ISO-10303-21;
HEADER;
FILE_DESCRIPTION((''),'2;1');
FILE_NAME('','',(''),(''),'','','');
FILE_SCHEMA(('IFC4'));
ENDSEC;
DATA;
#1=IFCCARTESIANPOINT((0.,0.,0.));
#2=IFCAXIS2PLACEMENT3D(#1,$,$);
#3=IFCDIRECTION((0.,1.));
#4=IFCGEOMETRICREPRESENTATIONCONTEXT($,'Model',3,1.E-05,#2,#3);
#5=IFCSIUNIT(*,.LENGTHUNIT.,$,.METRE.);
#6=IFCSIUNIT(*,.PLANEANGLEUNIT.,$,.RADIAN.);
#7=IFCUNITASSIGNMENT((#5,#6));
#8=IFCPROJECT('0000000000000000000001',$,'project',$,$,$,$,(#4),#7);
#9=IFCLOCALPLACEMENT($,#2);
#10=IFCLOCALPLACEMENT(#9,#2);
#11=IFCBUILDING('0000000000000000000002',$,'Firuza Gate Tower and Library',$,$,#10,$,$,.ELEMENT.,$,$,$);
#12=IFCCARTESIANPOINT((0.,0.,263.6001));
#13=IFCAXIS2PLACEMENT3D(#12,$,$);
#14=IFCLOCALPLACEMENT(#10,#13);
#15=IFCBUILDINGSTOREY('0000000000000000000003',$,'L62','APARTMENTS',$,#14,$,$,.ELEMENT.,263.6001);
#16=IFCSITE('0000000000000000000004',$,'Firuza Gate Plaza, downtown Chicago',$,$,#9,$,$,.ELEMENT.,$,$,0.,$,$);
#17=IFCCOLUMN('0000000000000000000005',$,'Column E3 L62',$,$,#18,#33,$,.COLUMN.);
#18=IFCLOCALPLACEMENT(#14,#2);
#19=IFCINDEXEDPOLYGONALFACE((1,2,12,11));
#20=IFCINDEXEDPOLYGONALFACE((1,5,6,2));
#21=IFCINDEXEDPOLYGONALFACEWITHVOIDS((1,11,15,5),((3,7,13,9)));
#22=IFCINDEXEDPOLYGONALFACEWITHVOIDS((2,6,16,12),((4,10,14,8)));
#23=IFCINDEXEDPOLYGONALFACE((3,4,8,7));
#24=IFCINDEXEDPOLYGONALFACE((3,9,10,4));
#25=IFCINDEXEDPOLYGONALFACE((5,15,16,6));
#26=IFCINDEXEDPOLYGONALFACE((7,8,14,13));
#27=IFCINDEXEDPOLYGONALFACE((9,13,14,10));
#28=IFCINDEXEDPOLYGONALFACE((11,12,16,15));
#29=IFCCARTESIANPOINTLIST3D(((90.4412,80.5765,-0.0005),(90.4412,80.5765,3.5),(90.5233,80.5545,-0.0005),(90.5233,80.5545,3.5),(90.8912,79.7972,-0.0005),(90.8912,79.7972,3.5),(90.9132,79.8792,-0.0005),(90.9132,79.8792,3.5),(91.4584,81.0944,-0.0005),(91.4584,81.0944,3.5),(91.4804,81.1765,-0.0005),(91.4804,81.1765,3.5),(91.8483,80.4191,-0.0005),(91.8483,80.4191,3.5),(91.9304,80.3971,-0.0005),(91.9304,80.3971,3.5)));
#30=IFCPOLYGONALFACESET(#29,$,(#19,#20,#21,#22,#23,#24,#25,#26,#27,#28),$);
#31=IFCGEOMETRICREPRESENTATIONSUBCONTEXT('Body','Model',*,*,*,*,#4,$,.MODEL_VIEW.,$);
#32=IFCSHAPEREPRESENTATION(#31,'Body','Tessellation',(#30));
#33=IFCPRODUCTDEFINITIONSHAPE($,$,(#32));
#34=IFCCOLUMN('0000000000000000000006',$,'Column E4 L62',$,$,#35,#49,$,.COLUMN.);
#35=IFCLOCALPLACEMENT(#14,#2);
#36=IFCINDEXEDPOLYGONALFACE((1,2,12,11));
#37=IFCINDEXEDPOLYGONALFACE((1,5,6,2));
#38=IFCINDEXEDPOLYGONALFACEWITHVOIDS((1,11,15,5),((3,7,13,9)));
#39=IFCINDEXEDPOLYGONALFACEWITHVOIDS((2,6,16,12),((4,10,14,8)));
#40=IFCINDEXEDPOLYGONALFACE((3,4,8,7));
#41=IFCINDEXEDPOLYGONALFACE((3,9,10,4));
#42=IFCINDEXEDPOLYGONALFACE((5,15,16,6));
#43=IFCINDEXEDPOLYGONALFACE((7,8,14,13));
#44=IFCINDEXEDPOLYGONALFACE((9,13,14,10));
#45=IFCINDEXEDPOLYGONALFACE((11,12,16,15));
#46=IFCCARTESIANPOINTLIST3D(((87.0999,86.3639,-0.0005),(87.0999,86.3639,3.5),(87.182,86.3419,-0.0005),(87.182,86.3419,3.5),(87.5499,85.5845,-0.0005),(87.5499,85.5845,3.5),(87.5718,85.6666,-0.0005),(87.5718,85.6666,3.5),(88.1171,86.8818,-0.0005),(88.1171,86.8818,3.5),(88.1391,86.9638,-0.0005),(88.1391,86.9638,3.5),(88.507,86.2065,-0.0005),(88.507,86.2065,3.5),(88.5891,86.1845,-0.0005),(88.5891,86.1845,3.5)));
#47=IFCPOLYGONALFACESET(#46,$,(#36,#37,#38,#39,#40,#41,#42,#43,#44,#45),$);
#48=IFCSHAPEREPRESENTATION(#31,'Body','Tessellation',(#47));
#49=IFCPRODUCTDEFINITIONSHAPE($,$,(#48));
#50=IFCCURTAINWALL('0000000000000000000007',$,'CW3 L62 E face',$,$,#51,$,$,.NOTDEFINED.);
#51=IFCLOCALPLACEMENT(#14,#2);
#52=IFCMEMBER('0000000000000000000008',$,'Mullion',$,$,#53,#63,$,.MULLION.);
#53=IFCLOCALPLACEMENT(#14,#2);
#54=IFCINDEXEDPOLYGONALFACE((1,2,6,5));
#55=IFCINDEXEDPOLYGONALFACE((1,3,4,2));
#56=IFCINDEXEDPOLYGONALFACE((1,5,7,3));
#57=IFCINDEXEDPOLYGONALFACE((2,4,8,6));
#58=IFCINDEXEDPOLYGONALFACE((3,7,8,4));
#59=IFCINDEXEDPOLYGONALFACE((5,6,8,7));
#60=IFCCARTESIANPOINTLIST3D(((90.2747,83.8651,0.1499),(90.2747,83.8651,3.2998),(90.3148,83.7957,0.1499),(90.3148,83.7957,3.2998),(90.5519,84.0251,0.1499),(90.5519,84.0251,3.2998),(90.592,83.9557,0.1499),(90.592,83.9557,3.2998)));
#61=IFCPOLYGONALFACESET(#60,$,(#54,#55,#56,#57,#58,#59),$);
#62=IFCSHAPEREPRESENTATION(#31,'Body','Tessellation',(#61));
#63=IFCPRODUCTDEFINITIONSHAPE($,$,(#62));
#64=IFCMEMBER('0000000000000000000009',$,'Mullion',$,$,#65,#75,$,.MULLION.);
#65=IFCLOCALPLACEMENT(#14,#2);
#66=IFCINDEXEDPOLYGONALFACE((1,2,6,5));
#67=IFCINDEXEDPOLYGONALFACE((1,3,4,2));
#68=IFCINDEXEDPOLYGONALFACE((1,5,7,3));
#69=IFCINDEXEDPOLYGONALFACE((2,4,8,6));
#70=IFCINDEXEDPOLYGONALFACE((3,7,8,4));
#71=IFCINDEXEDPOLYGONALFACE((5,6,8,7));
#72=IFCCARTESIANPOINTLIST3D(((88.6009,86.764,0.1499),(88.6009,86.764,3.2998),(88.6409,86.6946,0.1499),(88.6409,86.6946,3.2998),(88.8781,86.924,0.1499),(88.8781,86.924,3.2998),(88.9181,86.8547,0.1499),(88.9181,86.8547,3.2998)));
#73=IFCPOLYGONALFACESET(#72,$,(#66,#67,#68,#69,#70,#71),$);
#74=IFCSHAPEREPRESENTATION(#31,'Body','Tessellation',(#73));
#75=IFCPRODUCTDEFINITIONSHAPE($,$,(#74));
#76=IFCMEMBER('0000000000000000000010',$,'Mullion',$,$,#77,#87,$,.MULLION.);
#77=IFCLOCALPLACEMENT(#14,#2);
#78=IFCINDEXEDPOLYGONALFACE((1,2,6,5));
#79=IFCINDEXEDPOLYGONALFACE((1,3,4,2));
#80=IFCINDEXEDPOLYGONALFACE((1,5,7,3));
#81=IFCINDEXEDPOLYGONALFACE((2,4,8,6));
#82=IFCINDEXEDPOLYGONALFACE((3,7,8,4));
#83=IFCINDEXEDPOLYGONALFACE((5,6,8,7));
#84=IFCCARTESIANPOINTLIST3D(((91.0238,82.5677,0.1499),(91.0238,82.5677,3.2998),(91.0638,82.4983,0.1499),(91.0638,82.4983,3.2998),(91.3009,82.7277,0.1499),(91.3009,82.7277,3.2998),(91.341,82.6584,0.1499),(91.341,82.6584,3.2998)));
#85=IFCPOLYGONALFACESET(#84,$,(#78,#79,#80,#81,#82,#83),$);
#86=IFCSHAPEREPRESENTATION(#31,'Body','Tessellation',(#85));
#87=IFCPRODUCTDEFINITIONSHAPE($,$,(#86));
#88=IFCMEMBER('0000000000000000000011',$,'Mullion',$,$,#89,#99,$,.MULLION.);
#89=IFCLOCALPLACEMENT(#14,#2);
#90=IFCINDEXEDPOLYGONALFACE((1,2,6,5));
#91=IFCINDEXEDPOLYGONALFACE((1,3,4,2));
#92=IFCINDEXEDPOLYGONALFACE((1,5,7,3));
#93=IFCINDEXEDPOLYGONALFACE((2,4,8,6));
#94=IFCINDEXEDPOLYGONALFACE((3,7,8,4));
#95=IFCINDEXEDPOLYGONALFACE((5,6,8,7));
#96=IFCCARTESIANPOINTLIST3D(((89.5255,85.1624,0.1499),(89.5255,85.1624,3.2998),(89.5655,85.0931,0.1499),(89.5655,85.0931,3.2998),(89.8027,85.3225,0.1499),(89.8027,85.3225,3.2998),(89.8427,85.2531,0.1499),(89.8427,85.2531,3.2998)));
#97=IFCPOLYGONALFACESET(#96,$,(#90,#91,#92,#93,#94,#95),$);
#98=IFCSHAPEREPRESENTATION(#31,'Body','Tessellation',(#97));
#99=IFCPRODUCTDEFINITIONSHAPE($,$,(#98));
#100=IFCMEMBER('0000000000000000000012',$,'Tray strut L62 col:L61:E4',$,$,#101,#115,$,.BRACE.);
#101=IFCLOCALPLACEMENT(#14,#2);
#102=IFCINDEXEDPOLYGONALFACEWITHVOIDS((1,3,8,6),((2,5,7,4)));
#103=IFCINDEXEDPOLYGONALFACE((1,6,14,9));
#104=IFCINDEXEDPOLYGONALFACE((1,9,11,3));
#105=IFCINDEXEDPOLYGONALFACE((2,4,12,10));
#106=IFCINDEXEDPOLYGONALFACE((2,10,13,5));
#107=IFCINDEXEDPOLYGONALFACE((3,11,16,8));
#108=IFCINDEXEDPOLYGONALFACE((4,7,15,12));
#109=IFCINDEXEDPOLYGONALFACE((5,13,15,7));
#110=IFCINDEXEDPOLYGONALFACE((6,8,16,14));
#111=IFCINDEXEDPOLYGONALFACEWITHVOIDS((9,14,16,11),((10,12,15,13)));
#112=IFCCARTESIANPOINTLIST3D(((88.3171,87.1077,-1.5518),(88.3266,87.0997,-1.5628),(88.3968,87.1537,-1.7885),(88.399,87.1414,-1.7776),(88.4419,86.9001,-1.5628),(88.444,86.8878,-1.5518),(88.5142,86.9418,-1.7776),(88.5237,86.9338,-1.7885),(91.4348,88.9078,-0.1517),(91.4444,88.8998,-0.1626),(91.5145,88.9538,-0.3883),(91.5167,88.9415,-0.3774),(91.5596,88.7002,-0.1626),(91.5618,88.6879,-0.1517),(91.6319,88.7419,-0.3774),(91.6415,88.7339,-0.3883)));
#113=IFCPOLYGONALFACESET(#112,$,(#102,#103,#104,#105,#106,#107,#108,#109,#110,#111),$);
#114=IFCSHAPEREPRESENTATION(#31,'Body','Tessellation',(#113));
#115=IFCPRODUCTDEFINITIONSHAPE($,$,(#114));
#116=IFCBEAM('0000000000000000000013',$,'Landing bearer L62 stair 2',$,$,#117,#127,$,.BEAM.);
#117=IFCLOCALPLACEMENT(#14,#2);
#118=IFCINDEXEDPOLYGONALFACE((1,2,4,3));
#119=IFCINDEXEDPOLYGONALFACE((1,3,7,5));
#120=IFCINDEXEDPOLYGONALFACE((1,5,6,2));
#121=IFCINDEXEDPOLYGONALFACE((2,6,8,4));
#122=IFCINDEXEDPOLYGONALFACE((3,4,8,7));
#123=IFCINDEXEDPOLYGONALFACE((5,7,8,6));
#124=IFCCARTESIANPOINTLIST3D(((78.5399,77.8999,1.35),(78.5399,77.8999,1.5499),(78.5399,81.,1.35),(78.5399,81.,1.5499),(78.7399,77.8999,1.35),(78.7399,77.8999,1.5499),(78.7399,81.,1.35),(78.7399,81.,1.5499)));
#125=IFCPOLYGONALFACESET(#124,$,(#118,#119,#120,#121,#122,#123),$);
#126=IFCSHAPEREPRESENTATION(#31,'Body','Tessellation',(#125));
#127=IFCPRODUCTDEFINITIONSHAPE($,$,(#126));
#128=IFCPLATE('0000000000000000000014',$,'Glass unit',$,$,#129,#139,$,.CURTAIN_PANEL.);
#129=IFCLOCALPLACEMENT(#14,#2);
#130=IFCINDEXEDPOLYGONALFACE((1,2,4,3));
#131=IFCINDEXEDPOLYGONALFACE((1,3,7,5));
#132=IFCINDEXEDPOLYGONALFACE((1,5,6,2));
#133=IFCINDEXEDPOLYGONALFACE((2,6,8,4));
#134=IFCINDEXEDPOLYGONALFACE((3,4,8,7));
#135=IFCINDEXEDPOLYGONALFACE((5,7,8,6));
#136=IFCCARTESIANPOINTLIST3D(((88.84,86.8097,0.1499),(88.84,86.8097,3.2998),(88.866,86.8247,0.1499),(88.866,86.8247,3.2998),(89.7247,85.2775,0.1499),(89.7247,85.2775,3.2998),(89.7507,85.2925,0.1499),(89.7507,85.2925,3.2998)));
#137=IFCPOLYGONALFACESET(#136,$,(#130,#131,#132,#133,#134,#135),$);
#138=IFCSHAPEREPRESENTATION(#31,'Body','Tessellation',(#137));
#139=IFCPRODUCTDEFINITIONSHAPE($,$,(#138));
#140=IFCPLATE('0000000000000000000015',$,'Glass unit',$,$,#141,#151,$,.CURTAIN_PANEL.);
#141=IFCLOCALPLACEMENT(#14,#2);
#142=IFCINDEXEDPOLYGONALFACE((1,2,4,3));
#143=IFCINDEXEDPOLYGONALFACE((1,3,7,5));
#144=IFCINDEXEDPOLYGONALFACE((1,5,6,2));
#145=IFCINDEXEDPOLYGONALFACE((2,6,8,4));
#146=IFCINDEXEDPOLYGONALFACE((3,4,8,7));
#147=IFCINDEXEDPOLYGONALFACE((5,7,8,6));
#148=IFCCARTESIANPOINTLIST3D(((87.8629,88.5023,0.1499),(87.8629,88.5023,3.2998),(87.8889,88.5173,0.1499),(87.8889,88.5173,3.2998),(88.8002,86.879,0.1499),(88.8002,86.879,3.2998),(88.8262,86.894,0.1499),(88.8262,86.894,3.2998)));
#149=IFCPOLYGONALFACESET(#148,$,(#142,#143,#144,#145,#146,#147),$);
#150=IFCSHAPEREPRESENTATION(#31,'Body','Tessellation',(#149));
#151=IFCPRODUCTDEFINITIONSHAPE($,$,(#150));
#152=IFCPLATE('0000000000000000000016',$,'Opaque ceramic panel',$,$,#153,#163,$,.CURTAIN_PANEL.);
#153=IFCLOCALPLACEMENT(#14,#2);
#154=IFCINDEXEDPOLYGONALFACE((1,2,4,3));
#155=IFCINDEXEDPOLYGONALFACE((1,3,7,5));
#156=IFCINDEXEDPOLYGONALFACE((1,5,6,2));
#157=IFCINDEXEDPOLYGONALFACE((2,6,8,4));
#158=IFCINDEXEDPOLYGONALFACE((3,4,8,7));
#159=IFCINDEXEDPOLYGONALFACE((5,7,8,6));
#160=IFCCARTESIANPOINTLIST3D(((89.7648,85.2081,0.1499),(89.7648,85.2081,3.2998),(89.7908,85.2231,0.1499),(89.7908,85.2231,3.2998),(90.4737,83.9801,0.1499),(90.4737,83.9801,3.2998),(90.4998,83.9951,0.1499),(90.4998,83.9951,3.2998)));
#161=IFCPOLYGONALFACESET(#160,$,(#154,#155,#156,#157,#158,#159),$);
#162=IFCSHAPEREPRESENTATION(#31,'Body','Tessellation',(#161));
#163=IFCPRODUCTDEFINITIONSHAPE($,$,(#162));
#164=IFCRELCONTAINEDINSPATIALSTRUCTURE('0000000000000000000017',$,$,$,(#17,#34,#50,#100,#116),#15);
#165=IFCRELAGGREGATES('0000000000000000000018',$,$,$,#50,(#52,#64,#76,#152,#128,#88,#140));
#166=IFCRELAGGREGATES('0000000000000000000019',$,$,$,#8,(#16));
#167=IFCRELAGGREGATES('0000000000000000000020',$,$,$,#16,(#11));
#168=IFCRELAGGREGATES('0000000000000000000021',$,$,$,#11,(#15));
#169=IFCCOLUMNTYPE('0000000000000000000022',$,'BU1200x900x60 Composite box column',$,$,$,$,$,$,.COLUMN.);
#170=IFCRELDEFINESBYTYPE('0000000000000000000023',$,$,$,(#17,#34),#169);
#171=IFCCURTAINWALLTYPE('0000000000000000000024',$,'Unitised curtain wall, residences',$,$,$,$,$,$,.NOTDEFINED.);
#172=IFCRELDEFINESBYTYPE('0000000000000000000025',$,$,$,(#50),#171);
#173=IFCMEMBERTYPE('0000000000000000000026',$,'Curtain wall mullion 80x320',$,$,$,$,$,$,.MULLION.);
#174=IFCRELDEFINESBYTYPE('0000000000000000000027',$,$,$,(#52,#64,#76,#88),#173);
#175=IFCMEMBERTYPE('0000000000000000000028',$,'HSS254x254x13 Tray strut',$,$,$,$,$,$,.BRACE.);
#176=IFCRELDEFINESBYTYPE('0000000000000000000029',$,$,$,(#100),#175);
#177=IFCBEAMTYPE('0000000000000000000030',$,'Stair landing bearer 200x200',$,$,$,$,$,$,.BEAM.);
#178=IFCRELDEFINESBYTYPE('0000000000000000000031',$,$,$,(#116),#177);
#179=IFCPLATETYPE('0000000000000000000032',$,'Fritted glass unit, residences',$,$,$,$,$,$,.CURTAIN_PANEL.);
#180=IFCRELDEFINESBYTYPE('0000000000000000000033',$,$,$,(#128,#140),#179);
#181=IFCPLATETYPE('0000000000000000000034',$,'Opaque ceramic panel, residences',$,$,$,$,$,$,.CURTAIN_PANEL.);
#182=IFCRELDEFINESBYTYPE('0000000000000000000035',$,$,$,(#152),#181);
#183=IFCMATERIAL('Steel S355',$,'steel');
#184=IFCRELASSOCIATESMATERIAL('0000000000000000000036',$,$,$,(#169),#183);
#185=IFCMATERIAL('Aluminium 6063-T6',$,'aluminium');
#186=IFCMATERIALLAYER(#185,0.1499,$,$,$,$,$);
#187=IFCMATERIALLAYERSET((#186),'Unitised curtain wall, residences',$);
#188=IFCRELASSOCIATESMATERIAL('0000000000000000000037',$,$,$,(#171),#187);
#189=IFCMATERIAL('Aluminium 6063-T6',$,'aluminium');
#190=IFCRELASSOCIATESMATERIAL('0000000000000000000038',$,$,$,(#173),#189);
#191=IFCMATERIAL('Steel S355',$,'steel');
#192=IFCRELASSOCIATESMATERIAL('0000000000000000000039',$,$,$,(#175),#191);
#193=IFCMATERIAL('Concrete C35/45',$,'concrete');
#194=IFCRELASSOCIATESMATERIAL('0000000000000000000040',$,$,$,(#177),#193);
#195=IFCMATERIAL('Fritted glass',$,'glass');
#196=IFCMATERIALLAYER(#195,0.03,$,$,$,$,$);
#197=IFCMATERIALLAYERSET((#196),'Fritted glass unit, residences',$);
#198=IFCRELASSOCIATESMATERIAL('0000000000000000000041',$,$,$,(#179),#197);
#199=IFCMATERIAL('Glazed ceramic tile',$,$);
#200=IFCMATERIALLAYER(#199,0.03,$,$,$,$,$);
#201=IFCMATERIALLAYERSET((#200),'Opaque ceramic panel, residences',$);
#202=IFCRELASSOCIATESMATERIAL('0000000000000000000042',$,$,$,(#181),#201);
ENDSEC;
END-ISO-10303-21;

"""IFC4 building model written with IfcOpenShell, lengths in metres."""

from ifc_helpers import new_model, si_unit, direction, frame, origin, origin_2d, place, context, subcontext, project, spatial, polyline, rectangle, hollow_rectangle, outline, extrude, material, layer, layer_set, material_profile, profile_set, type_object, element, aggregate, save


model = new_model("IFC4")

# Units and contexts
model_context = context("Model", 3, precision=1e-05, world=origin(), true_north=direction((0.0, 1.0)))
body_context = subcontext(model_context, "Body", "Model", "MODEL_VIEW")
ifc_project = project(units=[si_unit("LENGTHUNIT", "METRE"), si_unit("PLANEANGLEUNIT", "RADIAN")], contexts=[model_context])

# Site, building, storey
site_placement = place(None, origin())
site = spatial("IfcSite", under=ifc_project, at=site_placement, Name="Firuza Gate Plaza, downtown Chicago", CompositionType="ELEMENT", RefElevation=0.0)
building_placement = place(site_placement, origin())
building = spatial("IfcBuilding", under=site, at=building_placement, Name="Firuza Gate Tower and Library", CompositionType="ELEMENT")
storey_placement = place(building_placement, frame((0.0, 0.0, 263.6001)))
storey = spatial("IfcBuildingStorey", under=building, at=storey_placement, Name="L62", Description="APARTMENTS", CompositionType="ELEMENT", Elevation=263.6001)

# Columns
ifc_material_1 = material(Name="Steel S355", Category="steel")
ifc_material_profile_1 = material_profile(ifc_material_1, hollow_rectangle(XDim=0.8999, YDim=1.2, WallThickness=0.0601, at=origin_2d()))
ifc_profile_set_1 = profile_set([ifc_material_profile_1], Name="Steel S355")
column_type = type_object("IfcColumnType", Name="BU1200x900x60 Composite box column", PredefinedType="COLUMN", material=ifc_profile_set_1)
for number, where, z_axis, x_axis, name in (
    (1, (91.1858, 80.4868, -0.0005), (0.0, 0.0, 1.0), (-0.5, 0.866025, 0.0), "Column E3 L62"),
    (2, (87.8445, 86.2742, -0.0005), (0.0, 0.0, 1.0), (-0.5, 0.866025, 0.0), "Column E4 L62"),
):
    element("IfcColumn", number, at=place(storey_placement, frame(where, z_axis=z_axis, x_axis=x_axis)), inside=storey, type_object=column_type, Name=name, PredefinedType="COLUMN", context=body_context, shape_type="SweptSolid", body=[
        extrude(hollow_rectangle(XDim=0.8999, YDim=1.2, WallThickness=0.0601, at=origin_2d()), origin(), (0.0, 0.0, 1.0), 3.5005),
    ])

# Curtain wall, members
ifc_material_2 = material(Name="Aluminium 6063-T6", Category="aluminium")
ifc_layer_1 = layer(ifc_material_2, 0.1499)
ifc_layer_set_1 = layer_set([ifc_layer_1], Name="Unitised curtain wall, residences")
curtain_wall_type = type_object("IfcCurtainWallType", Name="Unitised curtain wall, residences", PredefinedType="NOTDEFINED", material=ifc_layer_set_1)
placement = place(storey_placement, origin())
curtain_wall = element("IfcCurtainWall", 3, at=placement, inside=storey, type_object=curtain_wall_type, Name="CW3 L62 E face", PredefinedType="NOTDEFINED")
ifc_material_3 = material(Name="Aluminium 6063-T6", Category="aluminium")
ifc_material_profile_2 = material_profile(ifc_material_3, rectangle(XDim=0.3201, YDim=0.0801, at=origin_2d()))
ifc_profile_set_2 = profile_set([ifc_material_profile_2], Name="Aluminium 6063-T6")
member_type_1 = type_object("IfcMemberType", Name="Curtain wall mullion 80x320", PredefinedType="MULLION", material=ifc_profile_set_2)
member_1_placement = place(storey_placement, frame((90.4333, 83.9104, 0.1499), z_axis=(0.0, 0.0, 1.0), x_axis=(-0.866025, -0.5, 0.0)))
member_1 = element("IfcMember", 4, at=member_1_placement, type_object=member_type_1, Name="Mullion", PredefinedType="MULLION", context=body_context, shape_type="SweptSolid", body=[
    extrude(rectangle(XDim=0.3201, YDim=0.0801, at=origin_2d()), origin(), (0.0, 0.0, 1.0), 3.1499),
])
member_2_placement = place(storey_placement, frame((88.7595, 86.8093, 0.1499), z_axis=(0.0, 0.0, 1.0), x_axis=(-0.866025, -0.5, 0.0)))
member_2 = element("IfcMember", 5, at=member_2_placement, type_object=member_type_1, Name="Mullion", PredefinedType="MULLION", context=body_context, shape_type="SweptSolid", body=[
    extrude(rectangle(XDim=0.3201, YDim=0.0801, at=origin_2d()), origin(), (0.0, 0.0, 1.0), 3.1499),
])
member_3_placement = place(storey_placement, frame((91.1824, 82.613, 0.1499), z_axis=(0.0, 0.0, 1.0), x_axis=(-0.866025, -0.5, 0.0)))
member_3 = element("IfcMember", 6, at=member_3_placement, type_object=member_type_1, Name="Mullion", PredefinedType="MULLION", context=body_context, shape_type="SweptSolid", body=[
    extrude(rectangle(XDim=0.3201, YDim=0.0801, at=origin_2d()), origin(), (0.0, 0.0, 1.0), 3.1499),
])
member_4_placement = place(storey_placement, frame((89.6841, 85.2078, 0.1499), z_axis=(0.0, 0.0, 1.0), x_axis=(-0.866025, -0.5, 0.0)))
member_4 = element("IfcMember", 7, at=member_4_placement, type_object=member_type_1, Name="Mullion", PredefinedType="MULLION", context=body_context, shape_type="SweptSolid", body=[
    extrude(rectangle(XDim=0.3201, YDim=0.0801, at=origin_2d()), origin(), (0.0, 0.0, 1.0), 3.1499),
])

# Member
ifc_material_4 = material(Name="Steel S355", Category="steel")
ifc_material_profile_3 = material_profile(ifc_material_4, hollow_rectangle(XDim=0.2539, YDim=0.2539, WallThickness=0.0117, at=origin_2d()))
ifc_profile_set_3 = profile_set([ifc_material_profile_3], Name="Steel S355")
member_type_2 = type_object("IfcMemberType", Name="HSS254x254x13 Tray strut", PredefinedType="BRACE", material=ifc_profile_set_3)
member_5_placement = place(storey_placement, frame((88.4204, 87.0208, -1.6702), z_axis=(0.807122, 0.466007, 0.362478), x_axis=(-0.500012, 0.866018, 0.0)))
element("IfcMember", 8, at=member_5_placement, inside=storey, type_object=member_type_2, Name="Tray strut L62 col:L61:E4", PredefinedType="BRACE", context=body_context, shape_type="SweptSolid", body=[
    extrude(hollow_rectangle(XDim=0.2539, YDim=0.2539, WallThickness=0.0117, at=origin_2d()), origin(), (0.0, 0.0, 1.0), 3.8628),
])

# Beam
ifc_material_5 = material(Name="Concrete C35/45", Category="concrete")
ifc_material_profile_4 = material_profile(ifc_material_5, rectangle(XDim=0.2, YDim=0.2, at=origin_2d()))
ifc_profile_set_4 = profile_set([ifc_material_profile_4], Name="Concrete C35/45")
beam_type = type_object("IfcBeamType", Name="Stair landing bearer 200x200", PredefinedType="BEAM", material=ifc_profile_set_4)
beam_placement = place(storey_placement, frame((78.6399, 81.0, 1.45), z_axis=(0.0, -1.0, 0.0), x_axis=(1.0, 0.0, 0.0)))
element("IfcBeam", 9, at=beam_placement, inside=storey, type_object=beam_type, Name="Landing bearer L62 stair 2", PredefinedType="BEAM", context=body_context, shape_type="SweptSolid", body=[
    extrude(rectangle(XDim=0.2, YDim=0.2, at=origin_2d()), origin(), (0.0, 0.0, 1.0), 3.1001),
])

# Plates
ifc_material_6 = material(Name="Fritted glass", Category="glass")
ifc_layer_2 = layer(ifc_material_6, 0.03)
ifc_layer_set_2 = layer_set([ifc_layer_2], Name="Fritted glass unit, residences")
plate_type_1 = type_object("IfcPlateType", Name="Fritted glass unit, residences", PredefinedType="CURTAIN_PANEL", material=ifc_layer_set_2)
plate_1_placement = place(storey_placement, frame((89.7507, 85.2925, 0.1499), z_axis=(0.865993, 0.500057, 0.0), x_axis=(-0.500057, 0.865993, 0.0)))
plate_1 = element("IfcPlate", 10, at=plate_1_placement, type_object=plate_type_1, Name="Glass unit", PredefinedType="CURTAIN_PANEL", context=body_context, shape_type="SweptSolid", body=[
    extrude(outline(polyline([(0.0, 0.0), (1.7693, 0.0), (1.7693, 3.1499), (0.0, 3.1499), (0.0, 0.0)])), origin(), (0.0, 0.0, -1.0), 0.03),
])
plate_2_placement = place(storey_placement, frame((88.8262, 86.894, 0.1499), z_axis=(0.866014, 0.500019, 0.0), x_axis=(-0.500019, 0.866014, 0.0)))
plate_2 = element("IfcPlate", 11, at=plate_2_placement, type_object=plate_type_1, Name="Glass unit", PredefinedType="CURTAIN_PANEL", context=body_context, shape_type="SweptSolid", body=[
    extrude(outline(polyline([(0.0, 0.0), (1.8744, 0.0), (1.8744, 3.1499), (0.0, 3.1499), (0.0, 0.0)])), origin(), (0.0, 0.0, -1.0), 0.03),
])
ifc_material_7 = material(Name="Glazed ceramic tile")
ifc_layer_3 = layer(ifc_material_7, 0.03)
ifc_layer_set_3 = layer_set([ifc_layer_3], Name="Opaque ceramic panel, residences")
plate_type_2 = type_object("IfcPlateType", Name="Opaque ceramic panel, residences", PredefinedType="CURTAIN_PANEL", material=ifc_layer_set_3)
plate_3_placement = place(storey_placement, frame((90.4998, 83.9951, 0.1499), z_axis=(0.866031, 0.499991, 0.0), x_axis=(-0.499991, 0.866031, 0.0)))
plate_3 = element("IfcPlate", 12, at=plate_3_placement, type_object=plate_type_2, Name="Opaque ceramic panel", PredefinedType="CURTAIN_PANEL", context=body_context, shape_type="SweptSolid", body=[
    extrude(outline(polyline([(0.0, 0.0), (1.418, 0.0), (1.418, 3.1499), (0.0, 3.1499), (0.0, 0.0)])), origin(), (0.0, 0.0, -1.0), 0.03),
])
aggregate(curtain_wall, [member_1, member_2, member_3, plate_3, plate_1, member_4, plate_2])

save(model, "model.ifc")
